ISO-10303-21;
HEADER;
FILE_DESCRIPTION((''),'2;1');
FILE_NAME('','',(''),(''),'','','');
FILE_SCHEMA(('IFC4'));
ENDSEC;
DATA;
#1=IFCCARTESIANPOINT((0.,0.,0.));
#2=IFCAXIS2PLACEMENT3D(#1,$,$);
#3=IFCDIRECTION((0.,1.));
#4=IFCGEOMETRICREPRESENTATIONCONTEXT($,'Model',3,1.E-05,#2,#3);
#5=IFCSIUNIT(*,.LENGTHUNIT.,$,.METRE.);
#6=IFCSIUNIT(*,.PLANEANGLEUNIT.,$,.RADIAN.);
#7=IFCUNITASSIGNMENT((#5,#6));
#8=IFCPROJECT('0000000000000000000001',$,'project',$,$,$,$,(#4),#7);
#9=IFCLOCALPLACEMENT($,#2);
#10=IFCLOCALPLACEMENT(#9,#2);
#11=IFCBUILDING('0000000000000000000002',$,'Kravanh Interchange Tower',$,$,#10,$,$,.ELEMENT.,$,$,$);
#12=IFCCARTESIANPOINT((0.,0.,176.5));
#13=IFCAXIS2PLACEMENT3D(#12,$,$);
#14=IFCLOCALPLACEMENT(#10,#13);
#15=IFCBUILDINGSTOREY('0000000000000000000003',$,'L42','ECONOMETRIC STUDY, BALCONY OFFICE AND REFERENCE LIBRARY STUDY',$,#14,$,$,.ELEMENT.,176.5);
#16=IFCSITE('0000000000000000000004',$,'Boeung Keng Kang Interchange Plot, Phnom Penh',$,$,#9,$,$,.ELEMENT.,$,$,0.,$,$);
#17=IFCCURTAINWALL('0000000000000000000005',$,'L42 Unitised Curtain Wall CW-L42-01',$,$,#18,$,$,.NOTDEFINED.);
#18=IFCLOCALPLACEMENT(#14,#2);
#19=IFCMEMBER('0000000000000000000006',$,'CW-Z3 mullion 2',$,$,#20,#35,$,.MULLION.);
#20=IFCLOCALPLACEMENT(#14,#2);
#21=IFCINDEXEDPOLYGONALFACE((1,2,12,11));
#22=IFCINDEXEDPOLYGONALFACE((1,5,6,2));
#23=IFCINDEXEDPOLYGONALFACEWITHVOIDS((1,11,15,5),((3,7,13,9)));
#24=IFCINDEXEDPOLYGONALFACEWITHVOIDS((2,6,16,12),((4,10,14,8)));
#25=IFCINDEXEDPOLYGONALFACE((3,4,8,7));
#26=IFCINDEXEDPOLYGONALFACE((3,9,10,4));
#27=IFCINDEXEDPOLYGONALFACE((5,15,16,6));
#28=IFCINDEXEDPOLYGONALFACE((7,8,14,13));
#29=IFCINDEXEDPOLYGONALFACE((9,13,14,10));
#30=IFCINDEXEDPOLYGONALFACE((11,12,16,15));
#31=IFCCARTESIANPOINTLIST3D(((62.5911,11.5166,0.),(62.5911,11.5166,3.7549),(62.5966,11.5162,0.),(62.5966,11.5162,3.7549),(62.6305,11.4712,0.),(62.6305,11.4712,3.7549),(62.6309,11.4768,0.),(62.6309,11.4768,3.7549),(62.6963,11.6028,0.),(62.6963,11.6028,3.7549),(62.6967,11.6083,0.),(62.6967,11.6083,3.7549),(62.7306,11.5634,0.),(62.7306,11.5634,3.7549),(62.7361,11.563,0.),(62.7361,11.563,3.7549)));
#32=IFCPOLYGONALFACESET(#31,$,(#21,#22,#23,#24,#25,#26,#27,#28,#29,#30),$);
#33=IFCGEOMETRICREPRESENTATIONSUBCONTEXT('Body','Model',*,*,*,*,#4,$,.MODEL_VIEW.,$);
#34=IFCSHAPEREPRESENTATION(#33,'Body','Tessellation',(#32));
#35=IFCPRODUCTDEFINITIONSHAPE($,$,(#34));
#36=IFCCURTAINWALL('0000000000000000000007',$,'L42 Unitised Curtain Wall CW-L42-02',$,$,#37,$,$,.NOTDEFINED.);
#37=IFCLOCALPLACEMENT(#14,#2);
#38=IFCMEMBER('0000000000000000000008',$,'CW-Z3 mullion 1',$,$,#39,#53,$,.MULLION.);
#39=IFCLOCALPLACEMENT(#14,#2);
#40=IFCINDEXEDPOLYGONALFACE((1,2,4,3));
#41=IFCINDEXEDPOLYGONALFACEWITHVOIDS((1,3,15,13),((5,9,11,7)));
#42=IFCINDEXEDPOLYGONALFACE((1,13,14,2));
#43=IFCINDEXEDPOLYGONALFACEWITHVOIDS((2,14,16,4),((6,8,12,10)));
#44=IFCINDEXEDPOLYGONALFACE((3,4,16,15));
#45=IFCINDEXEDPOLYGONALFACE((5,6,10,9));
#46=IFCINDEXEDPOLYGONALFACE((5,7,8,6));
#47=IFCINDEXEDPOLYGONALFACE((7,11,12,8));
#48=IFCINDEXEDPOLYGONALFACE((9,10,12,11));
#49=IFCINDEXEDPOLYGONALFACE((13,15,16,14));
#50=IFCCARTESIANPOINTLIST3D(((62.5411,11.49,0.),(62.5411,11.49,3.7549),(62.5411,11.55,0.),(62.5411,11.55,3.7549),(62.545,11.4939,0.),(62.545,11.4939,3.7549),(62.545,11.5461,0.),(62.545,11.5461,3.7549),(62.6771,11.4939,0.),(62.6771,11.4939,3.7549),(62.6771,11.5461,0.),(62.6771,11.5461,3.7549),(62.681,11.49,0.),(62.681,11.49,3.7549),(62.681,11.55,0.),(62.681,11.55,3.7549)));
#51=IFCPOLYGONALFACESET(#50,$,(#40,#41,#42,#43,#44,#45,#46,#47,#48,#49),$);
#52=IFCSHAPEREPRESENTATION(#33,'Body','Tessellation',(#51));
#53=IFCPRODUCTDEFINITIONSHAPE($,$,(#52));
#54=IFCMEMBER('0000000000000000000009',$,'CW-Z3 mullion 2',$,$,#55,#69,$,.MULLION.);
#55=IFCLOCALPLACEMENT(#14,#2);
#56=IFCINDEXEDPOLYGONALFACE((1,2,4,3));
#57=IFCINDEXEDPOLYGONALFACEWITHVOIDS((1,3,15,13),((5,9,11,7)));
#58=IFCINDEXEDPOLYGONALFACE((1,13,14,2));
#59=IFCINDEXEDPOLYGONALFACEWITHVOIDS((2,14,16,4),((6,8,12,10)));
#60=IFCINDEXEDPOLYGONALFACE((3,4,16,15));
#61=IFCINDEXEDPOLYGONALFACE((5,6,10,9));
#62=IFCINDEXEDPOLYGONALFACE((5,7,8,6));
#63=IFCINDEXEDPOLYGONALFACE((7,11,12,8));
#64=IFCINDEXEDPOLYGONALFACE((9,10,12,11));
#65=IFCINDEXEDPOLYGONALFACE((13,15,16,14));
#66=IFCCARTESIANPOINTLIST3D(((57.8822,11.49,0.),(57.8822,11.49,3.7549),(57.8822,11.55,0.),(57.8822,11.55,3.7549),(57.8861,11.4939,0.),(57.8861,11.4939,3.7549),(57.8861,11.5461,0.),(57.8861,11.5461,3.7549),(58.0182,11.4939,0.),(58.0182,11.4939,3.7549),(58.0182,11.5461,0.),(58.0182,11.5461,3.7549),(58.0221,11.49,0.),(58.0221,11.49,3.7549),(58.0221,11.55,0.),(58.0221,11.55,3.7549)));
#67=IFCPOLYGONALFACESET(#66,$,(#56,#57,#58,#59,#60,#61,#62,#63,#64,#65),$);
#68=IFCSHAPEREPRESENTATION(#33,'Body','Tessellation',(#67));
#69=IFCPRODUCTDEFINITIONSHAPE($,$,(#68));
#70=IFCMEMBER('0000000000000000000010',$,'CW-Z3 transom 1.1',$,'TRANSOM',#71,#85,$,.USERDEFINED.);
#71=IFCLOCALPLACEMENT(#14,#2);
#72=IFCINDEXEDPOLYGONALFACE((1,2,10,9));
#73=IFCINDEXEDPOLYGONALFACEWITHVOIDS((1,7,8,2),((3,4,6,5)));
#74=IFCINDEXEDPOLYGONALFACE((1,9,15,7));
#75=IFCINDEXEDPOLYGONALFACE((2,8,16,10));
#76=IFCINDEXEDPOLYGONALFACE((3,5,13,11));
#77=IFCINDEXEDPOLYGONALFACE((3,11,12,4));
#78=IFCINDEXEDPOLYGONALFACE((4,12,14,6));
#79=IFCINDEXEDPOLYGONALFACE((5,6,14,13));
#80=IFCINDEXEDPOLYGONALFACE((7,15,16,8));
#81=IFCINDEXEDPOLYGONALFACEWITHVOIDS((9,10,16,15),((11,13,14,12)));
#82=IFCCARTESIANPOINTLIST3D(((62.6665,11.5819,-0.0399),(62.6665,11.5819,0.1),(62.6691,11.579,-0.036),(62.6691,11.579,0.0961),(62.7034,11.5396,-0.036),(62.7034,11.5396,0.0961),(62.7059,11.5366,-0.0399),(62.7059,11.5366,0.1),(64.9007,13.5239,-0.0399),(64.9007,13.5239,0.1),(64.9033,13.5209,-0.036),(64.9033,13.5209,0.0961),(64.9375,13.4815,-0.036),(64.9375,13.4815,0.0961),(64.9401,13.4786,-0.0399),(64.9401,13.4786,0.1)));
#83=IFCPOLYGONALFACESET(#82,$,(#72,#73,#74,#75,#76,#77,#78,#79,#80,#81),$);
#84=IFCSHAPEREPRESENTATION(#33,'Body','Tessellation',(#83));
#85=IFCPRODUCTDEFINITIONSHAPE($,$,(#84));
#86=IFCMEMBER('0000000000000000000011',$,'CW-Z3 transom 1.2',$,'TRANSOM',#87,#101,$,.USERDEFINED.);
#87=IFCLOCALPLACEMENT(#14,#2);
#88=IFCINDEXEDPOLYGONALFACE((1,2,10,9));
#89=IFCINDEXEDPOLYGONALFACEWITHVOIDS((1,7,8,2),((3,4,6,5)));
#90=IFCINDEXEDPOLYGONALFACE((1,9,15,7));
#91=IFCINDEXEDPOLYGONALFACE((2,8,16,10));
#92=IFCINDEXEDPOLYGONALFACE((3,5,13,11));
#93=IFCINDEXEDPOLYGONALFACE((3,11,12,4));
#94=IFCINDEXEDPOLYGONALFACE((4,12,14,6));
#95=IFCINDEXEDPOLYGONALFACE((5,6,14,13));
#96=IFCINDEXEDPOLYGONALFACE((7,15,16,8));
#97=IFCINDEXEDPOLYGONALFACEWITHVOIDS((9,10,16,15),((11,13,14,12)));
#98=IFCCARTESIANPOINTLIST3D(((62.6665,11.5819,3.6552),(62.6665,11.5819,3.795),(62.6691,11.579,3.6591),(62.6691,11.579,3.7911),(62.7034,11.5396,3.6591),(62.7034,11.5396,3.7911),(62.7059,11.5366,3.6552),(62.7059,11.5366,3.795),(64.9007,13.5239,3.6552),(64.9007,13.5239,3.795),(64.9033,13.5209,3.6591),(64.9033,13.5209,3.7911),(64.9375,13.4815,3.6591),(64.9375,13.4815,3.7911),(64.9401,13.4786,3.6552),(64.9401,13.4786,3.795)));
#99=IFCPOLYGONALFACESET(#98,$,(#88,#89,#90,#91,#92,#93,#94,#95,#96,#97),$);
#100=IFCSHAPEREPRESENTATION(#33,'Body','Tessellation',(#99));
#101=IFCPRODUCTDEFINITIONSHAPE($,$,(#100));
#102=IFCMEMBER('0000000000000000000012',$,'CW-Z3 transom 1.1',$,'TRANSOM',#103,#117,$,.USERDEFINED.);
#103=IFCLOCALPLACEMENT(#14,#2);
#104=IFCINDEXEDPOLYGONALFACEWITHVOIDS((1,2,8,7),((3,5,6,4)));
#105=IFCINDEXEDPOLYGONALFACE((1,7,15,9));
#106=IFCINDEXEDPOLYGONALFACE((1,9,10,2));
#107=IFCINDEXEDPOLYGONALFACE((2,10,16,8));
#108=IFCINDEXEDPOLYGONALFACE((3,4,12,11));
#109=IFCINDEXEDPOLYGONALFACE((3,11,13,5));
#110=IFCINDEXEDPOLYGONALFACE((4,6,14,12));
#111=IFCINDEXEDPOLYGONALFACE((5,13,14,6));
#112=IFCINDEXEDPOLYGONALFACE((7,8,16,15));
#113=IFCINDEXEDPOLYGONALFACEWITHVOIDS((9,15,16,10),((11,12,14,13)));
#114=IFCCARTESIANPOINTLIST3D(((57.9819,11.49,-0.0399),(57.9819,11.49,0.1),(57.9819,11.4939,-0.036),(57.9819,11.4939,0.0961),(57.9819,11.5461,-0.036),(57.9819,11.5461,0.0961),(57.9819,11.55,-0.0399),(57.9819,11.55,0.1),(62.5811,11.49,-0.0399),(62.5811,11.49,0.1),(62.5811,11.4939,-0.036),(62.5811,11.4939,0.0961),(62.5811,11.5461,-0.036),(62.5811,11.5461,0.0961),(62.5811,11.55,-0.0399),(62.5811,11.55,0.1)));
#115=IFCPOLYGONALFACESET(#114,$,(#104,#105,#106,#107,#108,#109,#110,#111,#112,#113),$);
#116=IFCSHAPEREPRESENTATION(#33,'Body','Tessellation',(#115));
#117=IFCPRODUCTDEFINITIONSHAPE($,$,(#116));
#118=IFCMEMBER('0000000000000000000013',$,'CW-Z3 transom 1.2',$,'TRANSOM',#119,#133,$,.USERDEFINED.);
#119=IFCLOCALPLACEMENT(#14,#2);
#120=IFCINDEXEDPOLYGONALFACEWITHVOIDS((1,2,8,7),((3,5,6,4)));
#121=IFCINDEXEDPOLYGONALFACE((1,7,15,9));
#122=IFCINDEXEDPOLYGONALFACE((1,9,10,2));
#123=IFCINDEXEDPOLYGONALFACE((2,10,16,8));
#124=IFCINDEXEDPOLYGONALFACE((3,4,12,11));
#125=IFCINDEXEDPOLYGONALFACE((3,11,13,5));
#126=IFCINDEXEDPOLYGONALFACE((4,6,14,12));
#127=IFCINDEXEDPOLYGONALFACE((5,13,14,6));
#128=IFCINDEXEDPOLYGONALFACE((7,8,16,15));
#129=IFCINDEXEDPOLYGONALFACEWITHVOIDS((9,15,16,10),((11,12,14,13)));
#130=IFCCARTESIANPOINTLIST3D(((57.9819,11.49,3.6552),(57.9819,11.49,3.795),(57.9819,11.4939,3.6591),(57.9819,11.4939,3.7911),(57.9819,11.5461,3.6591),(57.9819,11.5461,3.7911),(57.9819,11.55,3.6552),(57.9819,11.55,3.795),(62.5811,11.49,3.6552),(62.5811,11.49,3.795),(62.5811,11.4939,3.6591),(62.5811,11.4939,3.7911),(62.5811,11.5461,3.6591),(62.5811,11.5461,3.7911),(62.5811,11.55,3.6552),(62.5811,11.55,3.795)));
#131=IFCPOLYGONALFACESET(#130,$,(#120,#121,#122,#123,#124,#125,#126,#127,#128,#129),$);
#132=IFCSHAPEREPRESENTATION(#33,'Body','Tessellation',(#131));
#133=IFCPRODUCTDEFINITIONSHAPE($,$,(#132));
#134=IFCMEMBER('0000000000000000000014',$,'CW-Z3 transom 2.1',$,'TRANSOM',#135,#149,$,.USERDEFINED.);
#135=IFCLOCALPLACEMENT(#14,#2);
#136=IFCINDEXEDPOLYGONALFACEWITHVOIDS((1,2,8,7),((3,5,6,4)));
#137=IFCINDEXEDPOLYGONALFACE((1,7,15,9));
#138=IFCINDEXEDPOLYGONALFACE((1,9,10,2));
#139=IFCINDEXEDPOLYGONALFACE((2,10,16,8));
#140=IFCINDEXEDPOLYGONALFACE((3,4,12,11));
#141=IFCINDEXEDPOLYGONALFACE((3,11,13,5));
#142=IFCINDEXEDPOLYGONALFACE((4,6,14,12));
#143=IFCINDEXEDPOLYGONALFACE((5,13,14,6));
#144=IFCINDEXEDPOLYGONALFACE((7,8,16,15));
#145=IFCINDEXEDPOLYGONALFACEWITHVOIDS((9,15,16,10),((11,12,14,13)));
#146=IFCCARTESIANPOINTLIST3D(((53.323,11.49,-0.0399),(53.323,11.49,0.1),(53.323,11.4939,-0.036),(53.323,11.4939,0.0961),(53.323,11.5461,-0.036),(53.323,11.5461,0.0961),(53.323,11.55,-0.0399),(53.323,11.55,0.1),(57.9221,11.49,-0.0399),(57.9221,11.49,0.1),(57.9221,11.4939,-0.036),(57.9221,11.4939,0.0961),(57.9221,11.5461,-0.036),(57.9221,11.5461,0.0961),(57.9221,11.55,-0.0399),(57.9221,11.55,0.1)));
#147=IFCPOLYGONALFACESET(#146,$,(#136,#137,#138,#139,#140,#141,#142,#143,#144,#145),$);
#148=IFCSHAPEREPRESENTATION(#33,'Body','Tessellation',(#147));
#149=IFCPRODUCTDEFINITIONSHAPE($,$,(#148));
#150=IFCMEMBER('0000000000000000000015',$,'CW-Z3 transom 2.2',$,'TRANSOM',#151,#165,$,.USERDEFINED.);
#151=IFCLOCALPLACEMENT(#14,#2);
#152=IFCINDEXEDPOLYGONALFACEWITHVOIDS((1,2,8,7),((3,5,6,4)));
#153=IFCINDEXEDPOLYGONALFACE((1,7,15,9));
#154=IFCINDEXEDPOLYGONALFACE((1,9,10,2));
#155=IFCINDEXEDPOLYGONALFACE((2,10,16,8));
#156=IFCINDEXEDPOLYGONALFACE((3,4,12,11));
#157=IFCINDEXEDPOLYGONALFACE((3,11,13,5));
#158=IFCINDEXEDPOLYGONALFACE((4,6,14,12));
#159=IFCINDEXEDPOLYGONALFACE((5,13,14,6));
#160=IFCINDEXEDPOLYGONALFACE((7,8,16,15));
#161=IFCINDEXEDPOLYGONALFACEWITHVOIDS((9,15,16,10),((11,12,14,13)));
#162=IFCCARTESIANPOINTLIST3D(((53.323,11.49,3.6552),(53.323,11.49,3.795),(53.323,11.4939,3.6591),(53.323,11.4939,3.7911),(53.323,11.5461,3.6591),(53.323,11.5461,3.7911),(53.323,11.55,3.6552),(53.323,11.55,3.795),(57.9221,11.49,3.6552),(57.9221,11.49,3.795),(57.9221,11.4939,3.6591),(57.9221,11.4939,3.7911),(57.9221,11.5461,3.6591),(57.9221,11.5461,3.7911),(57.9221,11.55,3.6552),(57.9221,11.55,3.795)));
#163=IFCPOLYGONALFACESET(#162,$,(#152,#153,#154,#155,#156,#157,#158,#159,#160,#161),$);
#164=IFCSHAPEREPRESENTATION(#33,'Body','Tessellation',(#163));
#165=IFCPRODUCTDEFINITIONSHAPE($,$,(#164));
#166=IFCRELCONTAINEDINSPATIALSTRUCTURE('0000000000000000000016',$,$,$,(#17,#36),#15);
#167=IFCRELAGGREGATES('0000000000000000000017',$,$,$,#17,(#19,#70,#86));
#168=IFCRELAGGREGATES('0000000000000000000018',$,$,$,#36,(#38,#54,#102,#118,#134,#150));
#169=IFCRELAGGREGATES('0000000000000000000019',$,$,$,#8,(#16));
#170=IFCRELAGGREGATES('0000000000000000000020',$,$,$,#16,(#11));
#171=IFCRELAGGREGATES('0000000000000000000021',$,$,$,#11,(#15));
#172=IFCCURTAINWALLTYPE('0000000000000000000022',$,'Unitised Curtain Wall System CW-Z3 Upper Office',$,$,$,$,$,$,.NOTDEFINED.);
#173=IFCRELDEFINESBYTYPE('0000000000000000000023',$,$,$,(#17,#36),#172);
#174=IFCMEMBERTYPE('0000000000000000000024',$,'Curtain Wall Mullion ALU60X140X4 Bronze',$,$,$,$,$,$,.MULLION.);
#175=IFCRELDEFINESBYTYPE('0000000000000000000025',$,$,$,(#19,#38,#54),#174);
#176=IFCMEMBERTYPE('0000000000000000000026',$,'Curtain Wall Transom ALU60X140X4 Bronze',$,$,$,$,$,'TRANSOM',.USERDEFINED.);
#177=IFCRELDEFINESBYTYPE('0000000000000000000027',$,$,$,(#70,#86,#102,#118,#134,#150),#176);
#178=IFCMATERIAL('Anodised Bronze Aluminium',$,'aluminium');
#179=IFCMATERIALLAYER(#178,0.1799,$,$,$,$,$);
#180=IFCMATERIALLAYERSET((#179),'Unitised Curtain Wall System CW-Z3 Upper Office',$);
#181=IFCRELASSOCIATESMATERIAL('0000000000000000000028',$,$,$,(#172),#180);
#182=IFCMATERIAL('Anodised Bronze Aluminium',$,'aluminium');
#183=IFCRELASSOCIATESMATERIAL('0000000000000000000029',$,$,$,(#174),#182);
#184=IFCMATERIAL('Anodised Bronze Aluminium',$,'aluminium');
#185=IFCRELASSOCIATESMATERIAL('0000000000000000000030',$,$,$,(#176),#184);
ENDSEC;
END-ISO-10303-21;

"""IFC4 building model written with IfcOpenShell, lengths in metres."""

from ifc_helpers import new_model, si_unit, direction, frame, origin, origin_2d, place, context, subcontext, project, spatial, hollow_rectangle, extrude, material, layer, layer_set, material_profile, profile_set, type_object, element, aggregate, save


model = new_model("IFC4")

# Units and contexts
model_context = context("Model", 3, precision=1e-05, world=origin(), true_north=direction((0.0, 1.0)))
body_context = subcontext(model_context, "Body", "Model", "MODEL_VIEW")
ifc_project = project(units=[si_unit("LENGTHUNIT", "METRE"), si_unit("PLANEANGLEUNIT", "RADIAN")], contexts=[model_context])

# Site, building, storey
site_placement = place(None, origin())
site = spatial("IfcSite", under=ifc_project, at=site_placement, Name="Boeung Keng Kang Interchange Plot, Phnom Penh", CompositionType="ELEMENT", RefElevation=0.0)
building_placement = place(site_placement, origin())
building = spatial("IfcBuilding", under=site, at=building_placement, Name="Kravanh Interchange Tower", CompositionType="ELEMENT")
storey_placement = place(building_placement, frame((0.0, 0.0, 176.5)))
storey = spatial("IfcBuildingStorey", under=building, at=storey_placement, Name="L42", Description="ECONOMETRIC STUDY, BALCONY OFFICE AND REFERENCE LIBRARY STUDY", CompositionType="ELEMENT", Elevation=176.5)

# Curtain walls, members
ifc_material_1 = material(Name="Anodised Bronze Aluminium", Category="aluminium")
ifc_layer_1 = layer(ifc_material_1, 0.1799)
ifc_layer_set_1 = layer_set([ifc_layer_1], Name="Unitised Curtain Wall System CW-Z3 Upper Office")
curtain_wall_type = type_object("IfcCurtainWallType", Name="Unitised Curtain Wall System CW-Z3 Upper Office", PredefinedType="NOTDEFINED", material=ifc_layer_set_1)
curtain_wall_1_placement = place(storey_placement, origin())
curtain_wall_1 = element("IfcCurtainWall", 1, at=curtain_wall_1_placement, inside=storey, type_object=curtain_wall_type, Name="L42 Unitised Curtain Wall CW-L42-01", PredefinedType="NOTDEFINED")
ifc_material_2 = material(Name="Anodised Bronze Aluminium", Category="aluminium")
ifc_material_profile_1 = material_profile(ifc_material_2, hollow_rectangle(XDim=0.0601, YDim=0.1399, WallThickness=0.0039, at=origin_2d()), Name="ALU60X140X4")
ifc_profile_set_1 = profile_set([ifc_material_profile_1], Name="Anodised Bronze Aluminium")
member_type_1 = type_object("IfcMemberType", Name="Curtain Wall Mullion ALU60X140X4 Bronze", PredefinedType="MULLION", material=ifc_profile_set_1)
member_1_placement = place(storey_placement, frame((62.6636, 11.5398, 0.0), z_axis=(0.0, 0.0, 1.0), x_axis=(0.656051, -0.754717, 0.0)))
member_1 = element("IfcMember", 2, at=member_1_placement, type_object=member_type_1, Name="CW-Z3 mullion 2", PredefinedType="MULLION", context=body_context, shape_type="SweptSolid", body=[
    extrude(hollow_rectangle(XDim=0.0601, YDim=0.1399, WallThickness=0.0039, at=origin_2d()), origin(), (0.0, 0.0, 1.0), 3.7549),
])
curtain_wall_2_placement = place(storey_placement, origin())
curtain_wall_2 = element("IfcCurtainWall", 3, at=curtain_wall_2_placement, inside=storey, type_object=curtain_wall_type, Name="L42 Unitised Curtain Wall CW-L42-02", PredefinedType="NOTDEFINED")
member_2_placement = place(storey_placement, frame((62.6111, 11.52, 0.0), z_axis=(0.0, 0.0, 1.0), x_axis=(0.0, -1.0, 0.0)))
member_2 = element("IfcMember", 4, at=member_2_placement, type_object=member_type_1, Name="CW-Z3 mullion 1", PredefinedType="MULLION", context=body_context, shape_type="SweptSolid", body=[
    extrude(hollow_rectangle(XDim=0.0601, YDim=0.1399, WallThickness=0.0039, at=origin_2d()), origin(), (0.0, 0.0, 1.0), 3.7549),
])
member_3_placement = place(storey_placement, frame((57.9521, 11.52, 0.0), z_axis=(0.0, 0.0, 1.0), x_axis=(0.0, -1.0, 0.0)))
member_3 = element("IfcMember", 5, at=member_3_placement, type_object=member_type_1, Name="CW-Z3 mullion 2", PredefinedType="MULLION", context=body_context, shape_type="SweptSolid", body=[
    extrude(hollow_rectangle(XDim=0.0601, YDim=0.1399, WallThickness=0.0039, at=origin_2d()), origin(), (0.0, 0.0, 1.0), 3.7549),
])

# Members
ifc_material_3 = material(Name="Anodised Bronze Aluminium", Category="aluminium")
ifc_material_profile_2 = material_profile(ifc_material_3, hollow_rectangle(XDim=0.0601, YDim=0.1399, WallThickness=0.0039, at=origin_2d()), Name="ALU60X140X4")
ifc_profile_set_2 = profile_set([ifc_material_profile_2], Name="Anodised Bronze Aluminium")
member_type_2 = type_object("IfcMemberType", Name="Curtain Wall Transom ALU60X140X4 Bronze", ElementType="TRANSOM", PredefinedType="USERDEFINED", material=ifc_profile_set_2)
member_4_placement = place(storey_placement, frame((64.9204, 13.5012, 0.03), z_axis=(-0.754744, -0.656019, 0.0), x_axis=(0.656019, -0.754744, 0.0)))
member_4 = element("IfcMember", 6, at=member_4_placement, type_object=member_type_2, Name="CW-Z3 transom 1.1", ObjectType="TRANSOM", PredefinedType="USERDEFINED", context=body_context, shape_type="SweptSolid", body=[
    extrude(hollow_rectangle(XDim=0.0601, YDim=0.1399, WallThickness=0.0039, at=origin_2d()), origin(), (0.0, 0.0, 1.0), 2.9602),
])
member_5_placement = place(storey_placement, frame((64.9204, 13.5012, 3.7251), z_axis=(-0.754744, -0.656019, 0.0), x_axis=(0.656019, -0.754744, 0.0)))
member_5 = element("IfcMember", 7, at=member_5_placement, type_object=member_type_2, Name="CW-Z3 transom 1.2", ObjectType="TRANSOM", PredefinedType="USERDEFINED", context=body_context, shape_type="SweptSolid", body=[
    extrude(hollow_rectangle(XDim=0.0601, YDim=0.1399, WallThickness=0.0039, at=origin_2d()), origin(), (0.0, 0.0, 1.0), 2.9602),
])
member_6_placement = place(storey_placement, frame((62.5811, 11.52, 0.03), z_axis=(-1.0, 0.0, 0.0), x_axis=(0.0, -1.0, 0.0)))
member_6 = element("IfcMember", 8, at=member_6_placement, type_object=member_type_2, Name="CW-Z3 transom 1.1", ObjectType="TRANSOM", PredefinedType="USERDEFINED", context=body_context, shape_type="SweptSolid", body=[
    extrude(hollow_rectangle(XDim=0.0601, YDim=0.1399, WallThickness=0.0039, at=origin_2d()), origin(), (0.0, 0.0, 1.0), 4.5991),
])
member_7_placement = place(storey_placement, frame((62.5811, 11.52, 3.7251), z_axis=(-1.0, 0.0, 0.0), x_axis=(0.0, -1.0, 0.0)))
member_7 = element("IfcMember", 9, at=member_7_placement, type_object=member_type_2, Name="CW-Z3 transom 1.2", ObjectType="TRANSOM", PredefinedType="USERDEFINED", context=body_context, shape_type="SweptSolid", body=[
    extrude(hollow_rectangle(XDim=0.0601, YDim=0.1399, WallThickness=0.0039, at=origin_2d()), origin(), (0.0, 0.0, 1.0), 4.5991),
])
member_8_placement = place(storey_placement, frame((57.9221, 11.52, 0.03), z_axis=(-1.0, 0.0, 0.0), x_axis=(0.0, -1.0, 0.0)))
member_8 = element("IfcMember", 10, at=member_8_placement, type_object=member_type_2, Name="CW-Z3 transom 2.1", ObjectType="TRANSOM", PredefinedType="USERDEFINED", context=body_context, shape_type="SweptSolid", body=[
    extrude(hollow_rectangle(XDim=0.0601, YDim=0.1399, WallThickness=0.0039, at=origin_2d()), origin(), (0.0, 0.0, 1.0), 4.5991),
])
member_9_placement = place(storey_placement, frame((57.9221, 11.52, 3.7251), z_axis=(-1.0, 0.0, 0.0), x_axis=(0.0, -1.0, 0.0)))
member_9 = element("IfcMember", 11, at=member_9_placement, type_object=member_type_2, Name="CW-Z3 transom 2.2", ObjectType="TRANSOM", PredefinedType="USERDEFINED", context=body_context, shape_type="SweptSolid", body=[
    extrude(hollow_rectangle(XDim=0.0601, YDim=0.1399, WallThickness=0.0039, at=origin_2d()), origin(), (0.0, 0.0, 1.0), 4.5991),
])

aggregate(curtain_wall_1, [member_1, member_4, member_5])
aggregate(curtain_wall_2, [member_2, member_3, member_6, member_7, member_8, member_9])

save(model, "model.ifc")
